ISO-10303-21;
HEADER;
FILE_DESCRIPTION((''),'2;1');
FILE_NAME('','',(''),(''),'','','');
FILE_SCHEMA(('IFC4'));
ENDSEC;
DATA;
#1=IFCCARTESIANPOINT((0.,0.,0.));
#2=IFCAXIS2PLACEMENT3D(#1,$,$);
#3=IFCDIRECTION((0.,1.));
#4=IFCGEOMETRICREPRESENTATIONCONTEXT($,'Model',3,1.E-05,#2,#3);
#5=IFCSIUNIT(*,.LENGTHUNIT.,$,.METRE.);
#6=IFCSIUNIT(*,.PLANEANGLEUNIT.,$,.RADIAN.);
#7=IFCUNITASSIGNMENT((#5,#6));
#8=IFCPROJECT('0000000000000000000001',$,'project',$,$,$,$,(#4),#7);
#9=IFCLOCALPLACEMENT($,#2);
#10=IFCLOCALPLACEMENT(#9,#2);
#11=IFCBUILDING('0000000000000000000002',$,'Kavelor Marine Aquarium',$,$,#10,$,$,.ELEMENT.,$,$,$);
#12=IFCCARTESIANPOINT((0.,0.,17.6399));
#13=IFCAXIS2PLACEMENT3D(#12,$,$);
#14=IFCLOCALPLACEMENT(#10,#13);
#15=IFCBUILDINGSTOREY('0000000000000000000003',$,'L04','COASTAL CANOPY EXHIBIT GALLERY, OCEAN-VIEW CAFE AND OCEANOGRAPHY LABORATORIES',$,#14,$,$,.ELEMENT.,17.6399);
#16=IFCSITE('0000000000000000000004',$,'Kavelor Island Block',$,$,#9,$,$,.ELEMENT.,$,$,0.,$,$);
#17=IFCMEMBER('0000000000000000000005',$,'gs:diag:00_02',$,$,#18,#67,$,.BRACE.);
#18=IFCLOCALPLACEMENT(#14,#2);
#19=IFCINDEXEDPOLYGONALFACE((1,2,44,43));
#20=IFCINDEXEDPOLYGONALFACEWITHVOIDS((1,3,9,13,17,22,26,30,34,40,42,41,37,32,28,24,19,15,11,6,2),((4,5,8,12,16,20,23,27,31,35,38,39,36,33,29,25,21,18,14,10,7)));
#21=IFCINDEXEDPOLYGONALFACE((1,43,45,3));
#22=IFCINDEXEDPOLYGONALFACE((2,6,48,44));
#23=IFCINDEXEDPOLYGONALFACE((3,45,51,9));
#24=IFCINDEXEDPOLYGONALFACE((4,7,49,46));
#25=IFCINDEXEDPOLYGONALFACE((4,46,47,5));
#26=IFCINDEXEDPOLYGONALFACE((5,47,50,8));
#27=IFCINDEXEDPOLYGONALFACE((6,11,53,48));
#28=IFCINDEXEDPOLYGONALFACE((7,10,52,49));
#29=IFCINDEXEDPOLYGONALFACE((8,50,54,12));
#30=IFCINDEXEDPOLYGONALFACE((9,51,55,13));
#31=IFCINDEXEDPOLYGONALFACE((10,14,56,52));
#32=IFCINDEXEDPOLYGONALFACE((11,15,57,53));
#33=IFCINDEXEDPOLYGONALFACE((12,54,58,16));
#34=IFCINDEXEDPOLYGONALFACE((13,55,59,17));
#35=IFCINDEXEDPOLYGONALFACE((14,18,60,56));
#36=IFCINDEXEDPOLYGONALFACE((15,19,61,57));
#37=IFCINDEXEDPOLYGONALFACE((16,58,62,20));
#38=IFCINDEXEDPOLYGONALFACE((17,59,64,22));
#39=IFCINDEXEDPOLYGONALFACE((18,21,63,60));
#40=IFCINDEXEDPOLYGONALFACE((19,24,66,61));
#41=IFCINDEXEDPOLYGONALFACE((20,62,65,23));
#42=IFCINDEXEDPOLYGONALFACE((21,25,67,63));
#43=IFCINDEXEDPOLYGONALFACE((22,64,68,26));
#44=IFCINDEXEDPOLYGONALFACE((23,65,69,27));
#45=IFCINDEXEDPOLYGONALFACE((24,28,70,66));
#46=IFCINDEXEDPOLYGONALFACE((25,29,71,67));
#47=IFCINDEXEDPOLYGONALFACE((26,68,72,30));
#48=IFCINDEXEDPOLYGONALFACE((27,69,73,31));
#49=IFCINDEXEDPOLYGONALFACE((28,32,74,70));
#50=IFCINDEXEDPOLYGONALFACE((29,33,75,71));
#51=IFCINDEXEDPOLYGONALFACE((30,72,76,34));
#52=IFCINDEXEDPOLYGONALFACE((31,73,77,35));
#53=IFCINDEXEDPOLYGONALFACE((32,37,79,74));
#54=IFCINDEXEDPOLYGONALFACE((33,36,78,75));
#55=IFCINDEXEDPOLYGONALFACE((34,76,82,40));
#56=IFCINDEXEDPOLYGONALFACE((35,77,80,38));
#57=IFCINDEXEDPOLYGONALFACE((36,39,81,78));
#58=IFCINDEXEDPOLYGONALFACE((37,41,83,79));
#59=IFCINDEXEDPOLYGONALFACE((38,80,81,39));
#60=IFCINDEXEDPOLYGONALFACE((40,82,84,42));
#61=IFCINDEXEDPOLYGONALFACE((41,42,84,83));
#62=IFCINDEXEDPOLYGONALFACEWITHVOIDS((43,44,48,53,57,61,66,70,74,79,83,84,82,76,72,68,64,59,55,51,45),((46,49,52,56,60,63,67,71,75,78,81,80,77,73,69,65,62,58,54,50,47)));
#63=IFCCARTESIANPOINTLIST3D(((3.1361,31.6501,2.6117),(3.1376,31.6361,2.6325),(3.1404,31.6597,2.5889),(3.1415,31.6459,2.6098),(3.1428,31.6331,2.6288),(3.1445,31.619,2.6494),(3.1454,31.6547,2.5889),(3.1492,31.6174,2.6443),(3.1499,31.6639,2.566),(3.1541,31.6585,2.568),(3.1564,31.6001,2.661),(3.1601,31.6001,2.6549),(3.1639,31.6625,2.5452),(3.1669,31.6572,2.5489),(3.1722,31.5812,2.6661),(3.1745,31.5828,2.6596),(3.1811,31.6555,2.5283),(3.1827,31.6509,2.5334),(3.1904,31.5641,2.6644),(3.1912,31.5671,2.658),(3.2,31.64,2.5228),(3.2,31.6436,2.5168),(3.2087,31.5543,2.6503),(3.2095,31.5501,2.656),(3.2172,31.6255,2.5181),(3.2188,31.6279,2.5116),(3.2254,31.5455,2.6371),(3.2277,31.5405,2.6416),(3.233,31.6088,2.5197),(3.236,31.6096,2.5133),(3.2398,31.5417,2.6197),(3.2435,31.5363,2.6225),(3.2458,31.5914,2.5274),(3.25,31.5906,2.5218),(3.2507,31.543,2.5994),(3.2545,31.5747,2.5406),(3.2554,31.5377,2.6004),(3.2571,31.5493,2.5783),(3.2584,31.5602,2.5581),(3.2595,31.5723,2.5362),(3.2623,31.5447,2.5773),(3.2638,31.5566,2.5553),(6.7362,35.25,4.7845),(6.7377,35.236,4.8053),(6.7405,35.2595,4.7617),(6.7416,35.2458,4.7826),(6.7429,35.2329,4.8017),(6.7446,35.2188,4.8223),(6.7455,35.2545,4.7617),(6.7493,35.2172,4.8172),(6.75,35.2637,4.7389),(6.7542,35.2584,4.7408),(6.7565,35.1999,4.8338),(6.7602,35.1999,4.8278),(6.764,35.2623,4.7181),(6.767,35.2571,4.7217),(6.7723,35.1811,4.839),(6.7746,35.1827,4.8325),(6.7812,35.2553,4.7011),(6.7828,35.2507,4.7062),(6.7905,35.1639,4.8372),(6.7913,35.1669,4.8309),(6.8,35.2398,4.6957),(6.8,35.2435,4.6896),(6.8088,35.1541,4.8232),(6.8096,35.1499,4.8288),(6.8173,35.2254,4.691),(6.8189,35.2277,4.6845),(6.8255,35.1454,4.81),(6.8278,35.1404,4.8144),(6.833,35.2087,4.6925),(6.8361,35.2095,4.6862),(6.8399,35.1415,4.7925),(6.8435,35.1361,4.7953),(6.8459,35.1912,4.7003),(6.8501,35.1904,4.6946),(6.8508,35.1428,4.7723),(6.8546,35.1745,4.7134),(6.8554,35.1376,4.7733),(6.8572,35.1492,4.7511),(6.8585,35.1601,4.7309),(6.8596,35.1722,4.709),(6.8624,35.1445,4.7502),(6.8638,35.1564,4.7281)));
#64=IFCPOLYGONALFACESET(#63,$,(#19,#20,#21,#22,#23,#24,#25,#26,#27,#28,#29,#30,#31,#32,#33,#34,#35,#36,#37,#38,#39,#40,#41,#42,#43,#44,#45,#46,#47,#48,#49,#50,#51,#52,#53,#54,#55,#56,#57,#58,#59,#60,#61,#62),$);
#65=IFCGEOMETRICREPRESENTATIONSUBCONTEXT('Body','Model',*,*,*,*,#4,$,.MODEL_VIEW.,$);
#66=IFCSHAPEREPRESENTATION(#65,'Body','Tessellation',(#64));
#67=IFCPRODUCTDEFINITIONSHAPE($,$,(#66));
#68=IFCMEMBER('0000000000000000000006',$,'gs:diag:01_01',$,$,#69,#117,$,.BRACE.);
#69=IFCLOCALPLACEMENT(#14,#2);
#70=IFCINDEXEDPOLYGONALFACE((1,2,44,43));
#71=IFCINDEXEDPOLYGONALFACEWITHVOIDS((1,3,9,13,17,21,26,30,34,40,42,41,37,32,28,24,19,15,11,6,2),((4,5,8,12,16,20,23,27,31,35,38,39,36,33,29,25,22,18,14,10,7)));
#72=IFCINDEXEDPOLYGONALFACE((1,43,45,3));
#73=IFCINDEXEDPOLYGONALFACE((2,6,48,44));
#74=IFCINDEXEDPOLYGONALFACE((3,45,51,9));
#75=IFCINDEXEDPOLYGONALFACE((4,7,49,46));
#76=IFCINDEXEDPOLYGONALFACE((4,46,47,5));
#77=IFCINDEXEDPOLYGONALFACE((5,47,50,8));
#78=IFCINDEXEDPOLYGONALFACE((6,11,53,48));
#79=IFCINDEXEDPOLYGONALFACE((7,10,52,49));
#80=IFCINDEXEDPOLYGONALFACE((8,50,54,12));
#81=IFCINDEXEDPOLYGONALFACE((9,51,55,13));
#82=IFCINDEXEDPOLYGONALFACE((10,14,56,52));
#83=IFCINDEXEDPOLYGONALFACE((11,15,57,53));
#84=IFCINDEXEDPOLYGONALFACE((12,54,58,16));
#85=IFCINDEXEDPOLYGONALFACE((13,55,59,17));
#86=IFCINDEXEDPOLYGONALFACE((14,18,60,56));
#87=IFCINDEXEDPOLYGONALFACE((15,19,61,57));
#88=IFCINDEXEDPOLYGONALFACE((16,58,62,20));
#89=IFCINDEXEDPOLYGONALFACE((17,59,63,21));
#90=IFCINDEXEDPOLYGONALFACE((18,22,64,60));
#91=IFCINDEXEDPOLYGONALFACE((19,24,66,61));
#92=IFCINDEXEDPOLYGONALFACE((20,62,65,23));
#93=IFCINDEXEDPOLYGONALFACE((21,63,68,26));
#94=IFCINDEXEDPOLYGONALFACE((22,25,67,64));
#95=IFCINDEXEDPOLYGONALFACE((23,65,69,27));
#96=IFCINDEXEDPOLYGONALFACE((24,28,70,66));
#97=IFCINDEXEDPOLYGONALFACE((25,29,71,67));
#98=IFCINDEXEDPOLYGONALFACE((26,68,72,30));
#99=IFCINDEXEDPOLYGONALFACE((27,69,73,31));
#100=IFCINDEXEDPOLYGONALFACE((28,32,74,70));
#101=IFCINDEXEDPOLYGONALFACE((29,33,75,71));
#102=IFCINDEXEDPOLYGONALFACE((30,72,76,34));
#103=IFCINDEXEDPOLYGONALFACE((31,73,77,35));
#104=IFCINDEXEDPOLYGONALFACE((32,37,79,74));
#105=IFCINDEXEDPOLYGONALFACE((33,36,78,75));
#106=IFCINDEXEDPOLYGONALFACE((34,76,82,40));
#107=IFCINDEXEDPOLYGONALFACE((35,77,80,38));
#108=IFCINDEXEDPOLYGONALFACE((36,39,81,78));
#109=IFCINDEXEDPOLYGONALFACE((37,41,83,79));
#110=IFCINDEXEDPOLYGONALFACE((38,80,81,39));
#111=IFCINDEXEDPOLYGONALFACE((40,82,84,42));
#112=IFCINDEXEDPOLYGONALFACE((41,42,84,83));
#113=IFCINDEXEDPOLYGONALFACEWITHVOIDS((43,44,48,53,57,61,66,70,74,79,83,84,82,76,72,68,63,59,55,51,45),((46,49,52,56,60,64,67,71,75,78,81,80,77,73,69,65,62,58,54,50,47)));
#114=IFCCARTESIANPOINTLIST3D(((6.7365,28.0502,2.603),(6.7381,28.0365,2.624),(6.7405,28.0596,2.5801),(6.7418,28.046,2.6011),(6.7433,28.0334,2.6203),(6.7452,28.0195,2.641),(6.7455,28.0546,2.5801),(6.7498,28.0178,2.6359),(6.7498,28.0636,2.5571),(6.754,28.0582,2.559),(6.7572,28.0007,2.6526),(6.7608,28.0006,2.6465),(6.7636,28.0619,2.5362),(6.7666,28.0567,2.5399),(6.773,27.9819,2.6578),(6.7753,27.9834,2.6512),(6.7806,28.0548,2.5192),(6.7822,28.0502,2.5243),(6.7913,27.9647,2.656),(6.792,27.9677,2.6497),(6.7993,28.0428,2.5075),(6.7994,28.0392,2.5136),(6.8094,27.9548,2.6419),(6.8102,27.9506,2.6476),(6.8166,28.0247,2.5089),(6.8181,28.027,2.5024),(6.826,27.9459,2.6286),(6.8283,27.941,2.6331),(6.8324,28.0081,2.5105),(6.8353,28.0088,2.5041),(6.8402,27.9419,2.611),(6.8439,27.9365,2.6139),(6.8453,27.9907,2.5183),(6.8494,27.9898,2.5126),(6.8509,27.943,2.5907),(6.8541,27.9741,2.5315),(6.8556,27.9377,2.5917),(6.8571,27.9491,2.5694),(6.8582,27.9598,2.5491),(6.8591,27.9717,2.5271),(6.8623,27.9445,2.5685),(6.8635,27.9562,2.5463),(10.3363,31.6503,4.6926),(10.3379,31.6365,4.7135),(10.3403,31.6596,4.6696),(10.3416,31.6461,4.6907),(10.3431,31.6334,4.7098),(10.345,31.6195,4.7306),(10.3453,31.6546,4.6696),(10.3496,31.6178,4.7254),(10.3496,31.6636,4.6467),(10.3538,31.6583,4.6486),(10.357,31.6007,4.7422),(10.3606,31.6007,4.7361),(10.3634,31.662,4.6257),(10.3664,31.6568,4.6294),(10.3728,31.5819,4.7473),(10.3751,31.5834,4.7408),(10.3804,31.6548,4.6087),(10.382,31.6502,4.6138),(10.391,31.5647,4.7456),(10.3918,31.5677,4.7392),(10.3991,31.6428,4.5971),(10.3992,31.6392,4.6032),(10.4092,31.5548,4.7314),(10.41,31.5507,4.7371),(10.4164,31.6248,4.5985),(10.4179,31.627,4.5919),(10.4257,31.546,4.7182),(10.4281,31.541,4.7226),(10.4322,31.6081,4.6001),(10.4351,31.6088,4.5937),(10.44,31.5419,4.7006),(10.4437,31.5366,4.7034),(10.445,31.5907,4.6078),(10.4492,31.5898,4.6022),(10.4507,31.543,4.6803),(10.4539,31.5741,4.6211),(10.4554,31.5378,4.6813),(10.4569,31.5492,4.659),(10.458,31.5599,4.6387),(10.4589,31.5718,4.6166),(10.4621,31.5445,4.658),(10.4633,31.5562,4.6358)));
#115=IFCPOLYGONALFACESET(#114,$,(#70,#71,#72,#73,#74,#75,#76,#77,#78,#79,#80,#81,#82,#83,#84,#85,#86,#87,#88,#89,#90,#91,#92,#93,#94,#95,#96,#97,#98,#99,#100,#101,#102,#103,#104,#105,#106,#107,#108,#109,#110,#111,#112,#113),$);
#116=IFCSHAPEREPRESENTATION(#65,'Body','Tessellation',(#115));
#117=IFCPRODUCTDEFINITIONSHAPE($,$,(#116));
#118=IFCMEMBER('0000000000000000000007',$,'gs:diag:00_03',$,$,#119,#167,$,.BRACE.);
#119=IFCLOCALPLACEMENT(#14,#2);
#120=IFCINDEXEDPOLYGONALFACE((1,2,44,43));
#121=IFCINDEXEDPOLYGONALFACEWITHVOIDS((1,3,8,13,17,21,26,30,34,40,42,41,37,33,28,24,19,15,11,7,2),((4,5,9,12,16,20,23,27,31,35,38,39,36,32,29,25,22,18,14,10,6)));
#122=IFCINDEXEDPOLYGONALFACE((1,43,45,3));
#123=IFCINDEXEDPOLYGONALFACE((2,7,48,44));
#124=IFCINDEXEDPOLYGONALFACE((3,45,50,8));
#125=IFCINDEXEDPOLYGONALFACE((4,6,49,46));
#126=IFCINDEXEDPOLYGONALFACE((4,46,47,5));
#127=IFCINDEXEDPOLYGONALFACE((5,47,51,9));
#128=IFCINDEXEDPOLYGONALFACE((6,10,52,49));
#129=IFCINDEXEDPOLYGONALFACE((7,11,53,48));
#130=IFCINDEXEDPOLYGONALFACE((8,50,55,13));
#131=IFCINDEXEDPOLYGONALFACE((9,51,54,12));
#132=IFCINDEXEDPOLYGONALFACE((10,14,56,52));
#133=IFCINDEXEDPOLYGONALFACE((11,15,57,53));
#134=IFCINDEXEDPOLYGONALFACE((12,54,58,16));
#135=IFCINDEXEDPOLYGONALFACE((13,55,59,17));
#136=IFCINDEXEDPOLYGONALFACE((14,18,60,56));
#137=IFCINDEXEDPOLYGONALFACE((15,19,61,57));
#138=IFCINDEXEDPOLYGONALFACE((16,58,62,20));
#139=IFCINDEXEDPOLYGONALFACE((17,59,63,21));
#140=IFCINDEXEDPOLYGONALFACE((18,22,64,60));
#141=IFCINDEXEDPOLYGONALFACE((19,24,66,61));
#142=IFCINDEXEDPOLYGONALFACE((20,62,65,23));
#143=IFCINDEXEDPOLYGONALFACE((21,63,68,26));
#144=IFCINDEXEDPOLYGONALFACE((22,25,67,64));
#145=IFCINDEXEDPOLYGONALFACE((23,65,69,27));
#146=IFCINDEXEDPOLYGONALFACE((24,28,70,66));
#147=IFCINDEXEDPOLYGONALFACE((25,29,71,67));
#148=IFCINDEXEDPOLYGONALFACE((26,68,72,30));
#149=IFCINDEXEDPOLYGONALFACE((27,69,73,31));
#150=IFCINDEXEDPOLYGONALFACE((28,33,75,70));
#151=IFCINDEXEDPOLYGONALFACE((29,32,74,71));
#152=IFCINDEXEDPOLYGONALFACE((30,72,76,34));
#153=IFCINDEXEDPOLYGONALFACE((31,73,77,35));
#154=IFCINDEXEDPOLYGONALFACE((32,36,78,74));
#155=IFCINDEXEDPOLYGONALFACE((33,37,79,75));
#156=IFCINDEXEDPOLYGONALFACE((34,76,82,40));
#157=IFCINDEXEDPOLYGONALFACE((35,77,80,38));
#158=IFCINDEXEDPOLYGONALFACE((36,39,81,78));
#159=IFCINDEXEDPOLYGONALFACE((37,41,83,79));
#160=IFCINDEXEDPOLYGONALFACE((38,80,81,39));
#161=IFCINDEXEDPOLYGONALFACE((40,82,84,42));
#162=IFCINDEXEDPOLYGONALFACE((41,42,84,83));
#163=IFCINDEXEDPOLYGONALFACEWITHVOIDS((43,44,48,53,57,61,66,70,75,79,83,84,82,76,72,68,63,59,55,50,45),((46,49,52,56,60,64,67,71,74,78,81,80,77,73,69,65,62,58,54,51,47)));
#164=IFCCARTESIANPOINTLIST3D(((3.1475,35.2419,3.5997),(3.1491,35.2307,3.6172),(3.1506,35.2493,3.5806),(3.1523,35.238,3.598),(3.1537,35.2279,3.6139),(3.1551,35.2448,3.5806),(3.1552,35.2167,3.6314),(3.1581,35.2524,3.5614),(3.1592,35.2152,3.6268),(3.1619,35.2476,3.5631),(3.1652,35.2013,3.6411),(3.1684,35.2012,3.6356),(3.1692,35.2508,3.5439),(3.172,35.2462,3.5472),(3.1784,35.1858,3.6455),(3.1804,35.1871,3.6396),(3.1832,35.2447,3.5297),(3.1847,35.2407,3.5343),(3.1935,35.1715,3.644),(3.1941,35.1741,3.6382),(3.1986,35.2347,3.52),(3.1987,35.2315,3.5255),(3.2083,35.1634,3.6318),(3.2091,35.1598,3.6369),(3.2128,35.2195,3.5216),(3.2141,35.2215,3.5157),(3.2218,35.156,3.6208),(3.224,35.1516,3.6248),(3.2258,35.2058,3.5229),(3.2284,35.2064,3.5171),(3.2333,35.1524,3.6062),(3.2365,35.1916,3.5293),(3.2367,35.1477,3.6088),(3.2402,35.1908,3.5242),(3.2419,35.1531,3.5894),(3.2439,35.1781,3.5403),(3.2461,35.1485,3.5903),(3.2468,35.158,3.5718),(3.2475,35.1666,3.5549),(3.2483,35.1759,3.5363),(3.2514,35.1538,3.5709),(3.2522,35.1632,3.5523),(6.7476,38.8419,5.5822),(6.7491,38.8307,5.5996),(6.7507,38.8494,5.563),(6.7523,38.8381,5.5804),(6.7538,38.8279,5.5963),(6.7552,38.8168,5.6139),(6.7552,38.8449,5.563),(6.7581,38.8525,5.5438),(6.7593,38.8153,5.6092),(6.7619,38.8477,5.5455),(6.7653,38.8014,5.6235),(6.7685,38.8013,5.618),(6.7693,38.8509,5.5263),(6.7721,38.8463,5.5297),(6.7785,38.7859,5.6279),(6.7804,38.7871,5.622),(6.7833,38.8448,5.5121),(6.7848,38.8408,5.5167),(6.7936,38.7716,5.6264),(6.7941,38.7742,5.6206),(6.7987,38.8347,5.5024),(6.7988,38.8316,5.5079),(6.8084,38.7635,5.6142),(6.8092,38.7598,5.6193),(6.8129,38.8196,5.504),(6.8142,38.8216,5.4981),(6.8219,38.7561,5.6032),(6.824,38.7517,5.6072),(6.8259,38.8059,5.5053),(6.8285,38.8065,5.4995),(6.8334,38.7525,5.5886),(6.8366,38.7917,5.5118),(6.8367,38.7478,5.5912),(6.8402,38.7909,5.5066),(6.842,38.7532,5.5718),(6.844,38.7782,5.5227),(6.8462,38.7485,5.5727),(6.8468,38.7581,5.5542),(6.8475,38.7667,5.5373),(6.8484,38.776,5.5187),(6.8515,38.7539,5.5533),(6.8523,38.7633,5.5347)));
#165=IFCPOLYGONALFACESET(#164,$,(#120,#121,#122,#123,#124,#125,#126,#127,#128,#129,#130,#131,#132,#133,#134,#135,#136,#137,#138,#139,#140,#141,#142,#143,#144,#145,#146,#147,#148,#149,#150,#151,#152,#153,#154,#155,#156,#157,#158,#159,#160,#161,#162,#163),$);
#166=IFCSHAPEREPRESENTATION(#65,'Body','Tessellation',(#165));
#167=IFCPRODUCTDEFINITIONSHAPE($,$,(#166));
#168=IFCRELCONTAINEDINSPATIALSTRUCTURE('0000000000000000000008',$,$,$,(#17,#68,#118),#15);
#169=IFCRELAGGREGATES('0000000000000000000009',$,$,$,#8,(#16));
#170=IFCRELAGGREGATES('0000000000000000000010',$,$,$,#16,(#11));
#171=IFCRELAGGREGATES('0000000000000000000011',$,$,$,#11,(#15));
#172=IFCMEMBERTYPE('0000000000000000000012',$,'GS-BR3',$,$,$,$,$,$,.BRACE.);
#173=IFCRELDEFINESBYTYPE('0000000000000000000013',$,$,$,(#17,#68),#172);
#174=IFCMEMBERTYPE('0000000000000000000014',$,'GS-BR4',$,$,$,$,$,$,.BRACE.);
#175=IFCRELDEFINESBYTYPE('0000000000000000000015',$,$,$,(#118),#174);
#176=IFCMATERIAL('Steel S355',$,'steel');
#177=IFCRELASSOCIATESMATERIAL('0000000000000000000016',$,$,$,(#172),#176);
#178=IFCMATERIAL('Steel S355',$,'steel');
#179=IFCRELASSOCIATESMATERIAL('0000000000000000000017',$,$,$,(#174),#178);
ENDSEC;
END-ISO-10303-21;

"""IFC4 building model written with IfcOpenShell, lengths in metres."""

from ifc_helpers import new_model, si_unit, direction, frame, origin, origin_2d, place, context, subcontext, project, spatial, hollow_circle, extrude, material, material_profile, profile_set, type_object, element, save


model = new_model("IFC4")

# Units and contexts
model_context = context("Model", 3, precision=1e-05, world=origin(), true_north=direction((0.0, 1.0)))
body_context = subcontext(model_context, "Body", "Model", "MODEL_VIEW")
ifc_project = project(units=[si_unit("LENGTHUNIT", "METRE"), si_unit("PLANEANGLEUNIT", "RADIAN")], contexts=[model_context])

# Site, building, storey
site_placement = place(None, origin())
site = spatial("IfcSite", under=ifc_project, at=site_placement, Name="Kavelor Island Block", CompositionType="ELEMENT", RefElevation=0.0)
building_placement = place(site_placement, origin())
building = spatial("IfcBuilding", under=site, at=building_placement, Name="Kavelor Marine Aquarium", CompositionType="ELEMENT")
storey_placement = place(building_placement, frame((0.0, 0.0, 17.6399)))
storey = spatial("IfcBuildingStorey", under=building, at=storey_placement, Name="L04", Description="COASTAL CANOPY EXHIBIT GALLERY, OCEAN-VIEW CAFE AND OCEANOGRAPHY LABORATORIES", CompositionType="ELEMENT", Elevation=17.6399)

# Members
ifc_material_1 = material(Name="Steel S355", Category="steel")
ifc_material_profile_1 = material_profile(ifc_material_1, hollow_circle(Radius=0.0842, WallThickness=0.0071, at=origin_2d()), Name="CHS 168.3x7.1")
ifc_profile_set_1 = profile_set([ifc_material_profile_1], Name="Steel S355")
member_type_1 = type_object("IfcMemberType", Name="GS-BR3", PredefinedType="BRACE", material=ifc_profile_set_1)
member_1_placement = place(storey_placement, frame((3.2, 31.6001, 2.5889), z_axis=(0.650374, 0.65033, 0.392536), x_axis=(-0.707083, 0.707131, 0.0)))
element("IfcMember", 1, at=member_1_placement, inside=storey, type_object=member_type_1, Name="gs:diag:00_02", PredefinedType="BRACE", context=body_context, shape_type="SweptSolid", body=[
    extrude(hollow_circle(Radius=0.0842, WallThickness=0.0071, at=origin_2d()), origin(), (0.0, 0.0, 1.0), 5.5354),
])
member_2_placement = place(storey_placement, frame((6.8, 28.0, 2.5801), z_axis=(0.654129, 0.654173, 0.379701), x_axis=(-0.707131, 0.707083, 0.0)))
element("IfcMember", 2, at=member_2_placement, inside=storey, type_object=member_type_1, Name="gs:diag:01_01", PredefinedType="BRACE", context=body_context, shape_type="SweptSolid", body=[
    extrude(hollow_circle(Radius=0.0842, WallThickness=0.0071, at=origin_2d()), origin(), (0.0, 0.0, 1.0), 5.5032),
])
ifc_material_2 = material(Name="Steel S355", Category="steel")
ifc_material_profile_2 = material_profile(ifc_material_2, hollow_circle(Radius=0.0698, WallThickness=0.0063, at=origin_2d()), Name="CHS 139.7x6.3")
ifc_profile_set_2 = profile_set([ifc_material_profile_2], Name="Steel S355")
member_type_2 = type_object("IfcMemberType", Name="GS-BR4", PredefinedType="BRACE", material=ifc_profile_set_2)
member_3_placement = place(storey_placement, frame((3.2, 35.2, 3.5806), z_axis=(0.658919, 0.658919, 0.362839), x_axis=(-0.707107, 0.707107, 0.0)))
element("IfcMember", 3, at=member_3_placement, inside=storey, type_object=member_type_2, Name="gs:diag:00_03", PredefinedType="BRACE", context=body_context, shape_type="SweptSolid", body=[
    extrude(hollow_circle(Radius=0.0698, WallThickness=0.0063, at=origin_2d()), origin(), (0.0, 0.0, 1.0), 5.4636),
])

save(model, "model.ifc")
